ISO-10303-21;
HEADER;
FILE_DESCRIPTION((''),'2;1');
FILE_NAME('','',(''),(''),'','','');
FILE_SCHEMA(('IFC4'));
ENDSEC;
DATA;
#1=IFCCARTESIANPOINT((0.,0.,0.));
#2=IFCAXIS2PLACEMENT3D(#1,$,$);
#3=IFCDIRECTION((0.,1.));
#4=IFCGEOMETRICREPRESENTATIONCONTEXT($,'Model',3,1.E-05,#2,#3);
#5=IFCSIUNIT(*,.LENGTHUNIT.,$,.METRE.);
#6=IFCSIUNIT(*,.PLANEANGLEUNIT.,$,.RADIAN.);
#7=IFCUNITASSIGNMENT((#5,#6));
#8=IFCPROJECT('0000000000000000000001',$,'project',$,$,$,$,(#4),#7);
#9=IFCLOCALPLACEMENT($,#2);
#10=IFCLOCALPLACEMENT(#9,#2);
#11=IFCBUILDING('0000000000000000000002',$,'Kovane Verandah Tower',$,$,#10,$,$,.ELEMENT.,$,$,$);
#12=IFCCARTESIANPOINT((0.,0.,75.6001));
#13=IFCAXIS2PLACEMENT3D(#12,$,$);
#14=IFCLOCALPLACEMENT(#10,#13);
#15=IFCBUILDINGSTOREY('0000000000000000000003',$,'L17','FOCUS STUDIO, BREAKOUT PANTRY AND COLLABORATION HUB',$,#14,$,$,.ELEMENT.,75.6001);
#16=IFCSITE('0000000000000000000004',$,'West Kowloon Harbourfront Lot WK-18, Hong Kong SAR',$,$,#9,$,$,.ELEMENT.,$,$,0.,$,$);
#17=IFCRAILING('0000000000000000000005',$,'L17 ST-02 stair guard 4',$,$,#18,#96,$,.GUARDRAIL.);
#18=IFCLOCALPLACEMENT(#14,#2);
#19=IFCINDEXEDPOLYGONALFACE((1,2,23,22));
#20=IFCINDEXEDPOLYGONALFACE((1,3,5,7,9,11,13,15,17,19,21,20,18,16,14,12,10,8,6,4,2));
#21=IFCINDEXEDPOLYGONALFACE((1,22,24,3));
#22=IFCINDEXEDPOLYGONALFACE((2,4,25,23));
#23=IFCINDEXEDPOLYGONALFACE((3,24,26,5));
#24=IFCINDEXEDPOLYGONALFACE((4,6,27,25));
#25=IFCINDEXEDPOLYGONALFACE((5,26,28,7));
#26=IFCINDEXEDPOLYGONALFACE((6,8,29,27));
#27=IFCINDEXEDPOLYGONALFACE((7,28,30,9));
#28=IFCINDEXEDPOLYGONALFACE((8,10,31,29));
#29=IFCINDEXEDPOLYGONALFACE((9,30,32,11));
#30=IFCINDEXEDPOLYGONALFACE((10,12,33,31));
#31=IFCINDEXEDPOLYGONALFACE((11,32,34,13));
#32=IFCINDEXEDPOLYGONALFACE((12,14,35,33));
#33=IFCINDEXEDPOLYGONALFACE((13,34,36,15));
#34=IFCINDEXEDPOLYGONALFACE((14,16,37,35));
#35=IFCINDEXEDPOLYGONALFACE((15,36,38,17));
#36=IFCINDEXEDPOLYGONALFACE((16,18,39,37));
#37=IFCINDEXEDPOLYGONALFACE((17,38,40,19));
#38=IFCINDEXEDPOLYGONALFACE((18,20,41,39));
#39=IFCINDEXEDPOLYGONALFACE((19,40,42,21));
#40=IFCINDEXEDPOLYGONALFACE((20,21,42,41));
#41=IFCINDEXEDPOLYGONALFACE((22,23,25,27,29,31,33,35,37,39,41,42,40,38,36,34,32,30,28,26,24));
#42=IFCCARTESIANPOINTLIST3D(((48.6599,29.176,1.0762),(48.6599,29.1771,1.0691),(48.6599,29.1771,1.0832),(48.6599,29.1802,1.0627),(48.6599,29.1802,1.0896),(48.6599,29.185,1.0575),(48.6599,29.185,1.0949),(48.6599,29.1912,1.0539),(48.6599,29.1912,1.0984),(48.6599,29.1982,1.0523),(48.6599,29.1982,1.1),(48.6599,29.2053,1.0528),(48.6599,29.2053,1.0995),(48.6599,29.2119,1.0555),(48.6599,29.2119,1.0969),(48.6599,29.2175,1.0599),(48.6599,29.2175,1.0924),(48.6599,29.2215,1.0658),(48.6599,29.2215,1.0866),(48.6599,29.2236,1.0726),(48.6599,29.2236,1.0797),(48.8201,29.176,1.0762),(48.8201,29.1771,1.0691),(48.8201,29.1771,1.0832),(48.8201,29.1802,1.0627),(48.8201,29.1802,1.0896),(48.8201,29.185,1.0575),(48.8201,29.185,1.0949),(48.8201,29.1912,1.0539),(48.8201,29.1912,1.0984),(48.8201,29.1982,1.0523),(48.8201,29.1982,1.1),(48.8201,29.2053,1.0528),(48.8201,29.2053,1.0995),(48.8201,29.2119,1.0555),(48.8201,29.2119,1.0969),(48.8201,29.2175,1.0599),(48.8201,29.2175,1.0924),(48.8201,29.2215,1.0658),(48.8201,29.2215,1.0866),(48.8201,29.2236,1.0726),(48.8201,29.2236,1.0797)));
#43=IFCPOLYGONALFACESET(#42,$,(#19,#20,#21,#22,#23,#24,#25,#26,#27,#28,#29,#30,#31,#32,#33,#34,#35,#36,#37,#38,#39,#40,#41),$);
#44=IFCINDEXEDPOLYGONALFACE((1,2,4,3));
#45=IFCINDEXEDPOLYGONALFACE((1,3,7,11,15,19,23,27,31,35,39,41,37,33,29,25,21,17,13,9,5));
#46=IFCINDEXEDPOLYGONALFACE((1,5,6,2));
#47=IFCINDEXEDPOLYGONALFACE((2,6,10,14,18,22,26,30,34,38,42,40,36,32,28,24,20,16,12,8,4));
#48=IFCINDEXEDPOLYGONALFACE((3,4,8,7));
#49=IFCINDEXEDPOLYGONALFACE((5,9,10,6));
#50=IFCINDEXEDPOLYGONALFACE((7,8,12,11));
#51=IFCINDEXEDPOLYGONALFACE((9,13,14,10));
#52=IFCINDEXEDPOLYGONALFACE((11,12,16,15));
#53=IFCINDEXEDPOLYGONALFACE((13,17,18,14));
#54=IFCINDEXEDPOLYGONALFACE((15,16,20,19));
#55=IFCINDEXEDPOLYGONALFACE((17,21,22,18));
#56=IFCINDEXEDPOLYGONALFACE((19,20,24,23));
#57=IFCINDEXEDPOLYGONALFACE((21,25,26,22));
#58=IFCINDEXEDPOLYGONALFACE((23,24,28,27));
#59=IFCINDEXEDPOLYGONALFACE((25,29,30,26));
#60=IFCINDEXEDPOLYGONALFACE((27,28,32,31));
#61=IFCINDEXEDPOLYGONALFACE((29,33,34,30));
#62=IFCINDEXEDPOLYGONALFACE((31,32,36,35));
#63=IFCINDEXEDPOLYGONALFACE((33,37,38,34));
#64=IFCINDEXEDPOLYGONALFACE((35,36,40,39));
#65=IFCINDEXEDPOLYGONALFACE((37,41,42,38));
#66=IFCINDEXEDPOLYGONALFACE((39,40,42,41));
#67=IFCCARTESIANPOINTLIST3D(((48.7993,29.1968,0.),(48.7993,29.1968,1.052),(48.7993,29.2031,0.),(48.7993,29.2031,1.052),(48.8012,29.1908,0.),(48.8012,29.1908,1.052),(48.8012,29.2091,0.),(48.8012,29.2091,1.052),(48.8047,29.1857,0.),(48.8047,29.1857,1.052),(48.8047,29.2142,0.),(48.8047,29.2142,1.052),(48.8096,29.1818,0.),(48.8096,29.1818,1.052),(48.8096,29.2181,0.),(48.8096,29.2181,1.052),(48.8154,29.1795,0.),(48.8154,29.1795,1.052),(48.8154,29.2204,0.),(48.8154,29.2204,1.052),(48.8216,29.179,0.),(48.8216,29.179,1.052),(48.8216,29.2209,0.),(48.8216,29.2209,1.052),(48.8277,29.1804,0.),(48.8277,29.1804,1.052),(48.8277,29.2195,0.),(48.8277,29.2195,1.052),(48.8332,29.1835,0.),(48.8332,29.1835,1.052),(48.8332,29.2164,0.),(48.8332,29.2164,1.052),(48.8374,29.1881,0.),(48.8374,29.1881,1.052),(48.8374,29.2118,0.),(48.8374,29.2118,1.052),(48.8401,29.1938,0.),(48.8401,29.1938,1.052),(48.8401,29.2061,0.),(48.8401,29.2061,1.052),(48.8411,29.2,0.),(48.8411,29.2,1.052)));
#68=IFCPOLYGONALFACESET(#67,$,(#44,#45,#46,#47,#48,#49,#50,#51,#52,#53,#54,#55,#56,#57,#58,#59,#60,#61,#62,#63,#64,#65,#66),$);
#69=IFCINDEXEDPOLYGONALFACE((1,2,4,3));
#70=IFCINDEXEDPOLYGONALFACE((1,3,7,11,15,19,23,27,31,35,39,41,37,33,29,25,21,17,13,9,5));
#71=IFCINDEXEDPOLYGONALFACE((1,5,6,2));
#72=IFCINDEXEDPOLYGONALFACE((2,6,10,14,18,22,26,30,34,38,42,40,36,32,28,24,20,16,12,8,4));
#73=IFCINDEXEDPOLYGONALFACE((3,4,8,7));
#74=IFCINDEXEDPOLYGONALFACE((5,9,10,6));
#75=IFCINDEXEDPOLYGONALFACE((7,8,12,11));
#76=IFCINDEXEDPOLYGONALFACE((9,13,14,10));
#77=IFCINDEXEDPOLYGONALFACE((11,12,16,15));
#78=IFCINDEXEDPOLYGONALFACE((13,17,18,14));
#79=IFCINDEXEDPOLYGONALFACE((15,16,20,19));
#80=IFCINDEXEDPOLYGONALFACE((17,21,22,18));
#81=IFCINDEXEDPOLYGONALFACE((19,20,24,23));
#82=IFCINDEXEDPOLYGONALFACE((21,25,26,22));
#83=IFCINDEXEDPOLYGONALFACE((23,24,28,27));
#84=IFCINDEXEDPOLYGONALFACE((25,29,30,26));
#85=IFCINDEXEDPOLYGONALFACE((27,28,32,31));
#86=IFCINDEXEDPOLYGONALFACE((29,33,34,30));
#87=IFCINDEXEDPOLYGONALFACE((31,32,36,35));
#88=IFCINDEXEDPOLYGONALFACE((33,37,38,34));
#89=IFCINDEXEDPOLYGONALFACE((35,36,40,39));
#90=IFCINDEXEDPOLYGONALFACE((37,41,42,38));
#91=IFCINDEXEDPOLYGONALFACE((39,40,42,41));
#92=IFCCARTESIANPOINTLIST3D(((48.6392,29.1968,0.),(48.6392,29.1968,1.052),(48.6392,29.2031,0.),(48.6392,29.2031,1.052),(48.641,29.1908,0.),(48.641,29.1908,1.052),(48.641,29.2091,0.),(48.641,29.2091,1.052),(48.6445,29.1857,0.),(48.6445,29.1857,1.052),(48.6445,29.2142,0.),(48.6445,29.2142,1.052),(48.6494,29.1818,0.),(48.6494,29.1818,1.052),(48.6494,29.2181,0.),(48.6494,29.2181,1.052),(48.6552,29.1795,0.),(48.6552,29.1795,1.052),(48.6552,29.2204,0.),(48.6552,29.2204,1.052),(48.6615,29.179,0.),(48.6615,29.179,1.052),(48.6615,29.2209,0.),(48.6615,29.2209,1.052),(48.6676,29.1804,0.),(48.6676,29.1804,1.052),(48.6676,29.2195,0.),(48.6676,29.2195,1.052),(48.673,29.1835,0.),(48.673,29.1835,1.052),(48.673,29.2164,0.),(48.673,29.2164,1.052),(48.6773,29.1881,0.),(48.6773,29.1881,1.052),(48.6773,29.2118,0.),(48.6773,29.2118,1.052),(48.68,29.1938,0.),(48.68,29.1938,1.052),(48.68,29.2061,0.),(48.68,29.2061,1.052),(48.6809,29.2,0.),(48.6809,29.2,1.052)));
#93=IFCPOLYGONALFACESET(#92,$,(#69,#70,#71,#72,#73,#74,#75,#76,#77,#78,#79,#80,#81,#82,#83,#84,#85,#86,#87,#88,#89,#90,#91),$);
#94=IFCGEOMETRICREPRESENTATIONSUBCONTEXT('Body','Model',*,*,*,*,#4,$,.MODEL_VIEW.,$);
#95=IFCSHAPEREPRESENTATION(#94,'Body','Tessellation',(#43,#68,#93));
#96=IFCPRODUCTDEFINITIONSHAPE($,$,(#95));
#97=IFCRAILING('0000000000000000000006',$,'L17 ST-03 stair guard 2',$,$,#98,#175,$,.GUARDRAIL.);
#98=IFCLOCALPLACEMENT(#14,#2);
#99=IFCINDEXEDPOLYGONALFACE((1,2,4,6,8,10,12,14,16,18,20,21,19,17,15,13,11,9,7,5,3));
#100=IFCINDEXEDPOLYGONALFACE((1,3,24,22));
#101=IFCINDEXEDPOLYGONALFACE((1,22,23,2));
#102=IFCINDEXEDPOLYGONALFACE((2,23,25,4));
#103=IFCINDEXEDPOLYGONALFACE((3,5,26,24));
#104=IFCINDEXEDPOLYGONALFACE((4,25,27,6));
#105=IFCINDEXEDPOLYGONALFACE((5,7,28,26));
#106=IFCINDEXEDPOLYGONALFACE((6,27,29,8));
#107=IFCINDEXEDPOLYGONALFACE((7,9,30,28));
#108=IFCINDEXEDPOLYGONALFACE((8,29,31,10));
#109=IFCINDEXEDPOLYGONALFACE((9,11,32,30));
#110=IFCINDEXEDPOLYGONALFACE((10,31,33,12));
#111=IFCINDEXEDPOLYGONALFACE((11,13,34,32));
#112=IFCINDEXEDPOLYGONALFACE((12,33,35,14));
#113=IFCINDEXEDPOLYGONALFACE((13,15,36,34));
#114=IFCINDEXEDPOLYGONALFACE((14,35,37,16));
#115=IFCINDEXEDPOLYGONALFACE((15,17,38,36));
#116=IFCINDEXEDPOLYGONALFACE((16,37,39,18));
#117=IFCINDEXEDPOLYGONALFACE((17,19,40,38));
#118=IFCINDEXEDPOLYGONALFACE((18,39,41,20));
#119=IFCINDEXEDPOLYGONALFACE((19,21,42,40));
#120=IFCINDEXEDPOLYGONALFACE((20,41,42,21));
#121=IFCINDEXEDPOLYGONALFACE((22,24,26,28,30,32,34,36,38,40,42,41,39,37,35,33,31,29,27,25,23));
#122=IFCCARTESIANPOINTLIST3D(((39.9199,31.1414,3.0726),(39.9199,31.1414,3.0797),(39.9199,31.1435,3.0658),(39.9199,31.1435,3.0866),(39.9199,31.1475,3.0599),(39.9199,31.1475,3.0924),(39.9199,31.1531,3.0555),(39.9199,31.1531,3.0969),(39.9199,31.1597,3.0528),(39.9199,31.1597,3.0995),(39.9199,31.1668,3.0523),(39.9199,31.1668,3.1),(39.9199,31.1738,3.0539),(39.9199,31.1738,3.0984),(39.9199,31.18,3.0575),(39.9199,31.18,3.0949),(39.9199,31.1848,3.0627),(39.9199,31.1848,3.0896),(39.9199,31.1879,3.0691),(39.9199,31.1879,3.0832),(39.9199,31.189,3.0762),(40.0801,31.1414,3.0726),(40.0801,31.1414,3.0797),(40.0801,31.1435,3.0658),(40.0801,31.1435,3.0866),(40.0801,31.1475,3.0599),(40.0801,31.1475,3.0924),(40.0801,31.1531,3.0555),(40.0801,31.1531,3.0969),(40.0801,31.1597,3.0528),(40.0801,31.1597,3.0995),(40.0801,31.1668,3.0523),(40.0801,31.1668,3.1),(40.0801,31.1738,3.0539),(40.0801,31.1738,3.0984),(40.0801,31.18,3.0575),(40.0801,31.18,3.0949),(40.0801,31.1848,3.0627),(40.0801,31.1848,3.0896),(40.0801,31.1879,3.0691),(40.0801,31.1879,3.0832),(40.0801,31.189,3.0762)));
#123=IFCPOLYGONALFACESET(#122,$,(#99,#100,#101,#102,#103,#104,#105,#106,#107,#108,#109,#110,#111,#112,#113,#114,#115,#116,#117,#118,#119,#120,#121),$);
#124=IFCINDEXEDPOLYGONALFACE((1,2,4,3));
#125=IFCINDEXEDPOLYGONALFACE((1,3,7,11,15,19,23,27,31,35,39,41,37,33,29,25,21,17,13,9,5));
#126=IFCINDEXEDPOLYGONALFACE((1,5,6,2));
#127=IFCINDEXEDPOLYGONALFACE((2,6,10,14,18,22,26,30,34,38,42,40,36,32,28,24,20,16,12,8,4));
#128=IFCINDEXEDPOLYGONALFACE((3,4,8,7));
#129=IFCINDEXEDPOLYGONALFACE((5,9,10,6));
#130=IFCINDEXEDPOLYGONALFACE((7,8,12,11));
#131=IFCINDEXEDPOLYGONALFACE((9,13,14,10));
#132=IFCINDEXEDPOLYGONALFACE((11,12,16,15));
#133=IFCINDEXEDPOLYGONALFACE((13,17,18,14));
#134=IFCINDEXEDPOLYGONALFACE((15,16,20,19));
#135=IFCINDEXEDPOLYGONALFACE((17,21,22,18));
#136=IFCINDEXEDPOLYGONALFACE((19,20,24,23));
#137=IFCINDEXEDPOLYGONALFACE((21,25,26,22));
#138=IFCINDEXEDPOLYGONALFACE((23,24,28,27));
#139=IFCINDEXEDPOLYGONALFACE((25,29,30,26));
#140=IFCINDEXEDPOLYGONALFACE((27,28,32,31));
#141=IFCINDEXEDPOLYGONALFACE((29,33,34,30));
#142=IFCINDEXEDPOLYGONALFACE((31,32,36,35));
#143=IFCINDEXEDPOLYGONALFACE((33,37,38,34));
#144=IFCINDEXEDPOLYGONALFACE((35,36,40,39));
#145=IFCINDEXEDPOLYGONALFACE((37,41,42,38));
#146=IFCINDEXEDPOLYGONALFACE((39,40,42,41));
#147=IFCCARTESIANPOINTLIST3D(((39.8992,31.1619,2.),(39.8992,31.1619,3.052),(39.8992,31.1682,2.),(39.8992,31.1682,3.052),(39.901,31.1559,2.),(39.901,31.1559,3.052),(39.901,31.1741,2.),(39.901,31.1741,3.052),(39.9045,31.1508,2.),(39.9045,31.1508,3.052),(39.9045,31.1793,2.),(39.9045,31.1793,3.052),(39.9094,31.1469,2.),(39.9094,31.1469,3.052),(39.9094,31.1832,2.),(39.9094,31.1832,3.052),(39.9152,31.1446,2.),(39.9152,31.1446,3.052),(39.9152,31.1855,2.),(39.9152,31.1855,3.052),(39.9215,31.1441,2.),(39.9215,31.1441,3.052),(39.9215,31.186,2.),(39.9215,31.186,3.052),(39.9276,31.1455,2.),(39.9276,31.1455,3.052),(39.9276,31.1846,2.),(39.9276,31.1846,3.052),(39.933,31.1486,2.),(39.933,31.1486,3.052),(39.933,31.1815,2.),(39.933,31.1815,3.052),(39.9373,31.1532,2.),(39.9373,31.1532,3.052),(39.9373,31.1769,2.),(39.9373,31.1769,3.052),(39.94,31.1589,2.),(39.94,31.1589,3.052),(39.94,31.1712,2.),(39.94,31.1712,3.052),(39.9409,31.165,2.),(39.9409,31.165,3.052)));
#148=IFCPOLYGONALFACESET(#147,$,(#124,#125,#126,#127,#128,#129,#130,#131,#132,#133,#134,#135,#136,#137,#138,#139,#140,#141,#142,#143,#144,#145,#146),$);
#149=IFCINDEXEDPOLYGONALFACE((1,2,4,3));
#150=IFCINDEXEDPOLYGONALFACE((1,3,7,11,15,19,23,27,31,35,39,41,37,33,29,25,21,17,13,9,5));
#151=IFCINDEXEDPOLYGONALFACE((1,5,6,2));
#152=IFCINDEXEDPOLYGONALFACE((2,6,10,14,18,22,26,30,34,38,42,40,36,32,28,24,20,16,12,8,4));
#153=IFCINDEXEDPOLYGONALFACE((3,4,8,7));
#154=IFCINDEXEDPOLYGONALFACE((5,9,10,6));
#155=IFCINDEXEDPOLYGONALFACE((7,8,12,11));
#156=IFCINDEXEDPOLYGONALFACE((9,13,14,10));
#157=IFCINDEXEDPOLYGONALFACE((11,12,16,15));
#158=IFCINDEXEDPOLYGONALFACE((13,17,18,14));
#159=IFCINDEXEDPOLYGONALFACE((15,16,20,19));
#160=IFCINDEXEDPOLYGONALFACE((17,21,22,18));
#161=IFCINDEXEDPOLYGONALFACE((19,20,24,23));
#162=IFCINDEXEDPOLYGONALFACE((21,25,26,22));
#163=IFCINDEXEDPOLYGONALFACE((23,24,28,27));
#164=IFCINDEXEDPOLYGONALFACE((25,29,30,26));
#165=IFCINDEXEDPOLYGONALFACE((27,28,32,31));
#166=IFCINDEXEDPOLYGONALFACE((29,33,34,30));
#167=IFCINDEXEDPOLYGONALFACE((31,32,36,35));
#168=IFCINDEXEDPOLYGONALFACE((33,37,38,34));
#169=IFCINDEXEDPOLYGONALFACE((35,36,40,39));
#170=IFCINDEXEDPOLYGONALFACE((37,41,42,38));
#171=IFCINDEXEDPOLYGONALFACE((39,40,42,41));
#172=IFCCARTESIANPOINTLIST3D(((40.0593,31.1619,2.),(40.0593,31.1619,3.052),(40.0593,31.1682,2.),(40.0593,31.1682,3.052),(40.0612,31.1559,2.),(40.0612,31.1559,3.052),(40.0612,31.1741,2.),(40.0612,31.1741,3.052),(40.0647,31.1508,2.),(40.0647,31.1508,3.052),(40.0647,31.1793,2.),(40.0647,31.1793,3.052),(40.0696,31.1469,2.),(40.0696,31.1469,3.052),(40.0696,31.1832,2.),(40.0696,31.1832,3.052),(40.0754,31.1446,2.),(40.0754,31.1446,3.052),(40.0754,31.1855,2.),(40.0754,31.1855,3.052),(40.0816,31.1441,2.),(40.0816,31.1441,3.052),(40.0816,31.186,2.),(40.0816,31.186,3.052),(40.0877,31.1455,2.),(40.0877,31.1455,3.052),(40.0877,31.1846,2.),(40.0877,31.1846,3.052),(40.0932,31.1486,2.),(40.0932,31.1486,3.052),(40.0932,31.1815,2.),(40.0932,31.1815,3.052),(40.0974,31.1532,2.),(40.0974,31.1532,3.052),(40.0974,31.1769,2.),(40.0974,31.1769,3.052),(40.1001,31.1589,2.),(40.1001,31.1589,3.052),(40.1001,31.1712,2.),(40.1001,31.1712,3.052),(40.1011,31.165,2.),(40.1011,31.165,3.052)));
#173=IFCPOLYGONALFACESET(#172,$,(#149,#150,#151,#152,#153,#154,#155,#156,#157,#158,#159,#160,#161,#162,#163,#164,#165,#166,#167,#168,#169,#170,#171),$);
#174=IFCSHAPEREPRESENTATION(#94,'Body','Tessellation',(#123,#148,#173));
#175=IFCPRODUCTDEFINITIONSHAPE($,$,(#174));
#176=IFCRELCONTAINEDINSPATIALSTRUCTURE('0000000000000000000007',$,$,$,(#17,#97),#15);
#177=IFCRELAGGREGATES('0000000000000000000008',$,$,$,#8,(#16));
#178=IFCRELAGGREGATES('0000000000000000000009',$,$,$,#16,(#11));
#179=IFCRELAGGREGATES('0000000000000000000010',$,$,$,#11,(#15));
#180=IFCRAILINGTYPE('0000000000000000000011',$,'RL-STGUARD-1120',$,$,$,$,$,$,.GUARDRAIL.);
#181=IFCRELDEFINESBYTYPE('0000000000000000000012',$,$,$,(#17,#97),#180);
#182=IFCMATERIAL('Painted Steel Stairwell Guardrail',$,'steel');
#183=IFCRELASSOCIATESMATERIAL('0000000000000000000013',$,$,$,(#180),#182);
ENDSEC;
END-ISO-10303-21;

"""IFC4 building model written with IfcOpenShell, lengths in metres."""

from ifc_helpers import new_model, si_unit, direction, frame, origin, origin_2d, place, context, subcontext, project, spatial, circle, extrude, material, type_object, element, save


model = new_model("IFC4")

# Units and contexts
model_context = context("Model", 3, precision=1e-05, world=origin(), true_north=direction((0.0, 1.0)))
body_context = subcontext(model_context, "Body", "Model", "MODEL_VIEW")
ifc_project = project(units=[si_unit("LENGTHUNIT", "METRE"), si_unit("PLANEANGLEUNIT", "RADIAN")], contexts=[model_context])

# Site, building, storey
site_placement = place(None, origin())
site = spatial("IfcSite", under=ifc_project, at=site_placement, Name="West Kowloon Harbourfront Lot WK-18, Hong Kong SAR", CompositionType="ELEMENT", RefElevation=0.0)
building_placement = place(site_placement, origin())
building = spatial("IfcBuilding", under=site, at=building_placement, Name="Kovane Verandah Tower", CompositionType="ELEMENT")
storey_placement = place(building_placement, frame((0.0, 0.0, 75.6001)))
storey = spatial("IfcBuildingStorey", under=building, at=storey_placement, Name="L17", Description="FOCUS STUDIO, BREAKOUT PANTRY AND COLLABORATION HUB", CompositionType="ELEMENT", Elevation=75.6001)

# Railings
ifc_material_1 = material(Name="Painted Steel Stairwell Guardrail", Category="steel")
railing_type_1 = type_object("IfcRailingType", Name="RL-STGUARD-1120", PredefinedType="GUARDRAIL", material=ifc_material_1)
railing_1_placement = place(storey_placement, frame((48.8201, 29.2, 0.0)))
element("IfcRailing", 1, at=railing_1_placement, inside=storey, type_object=railing_type_1, Name="L17 ST-02 stair guard 4", PredefinedType="GUARDRAIL", context=body_context, shape_type="SweptSolid", body=[
    extrude(circle(Radius=0.0239, at=origin_2d()), frame((0.0, 0.0, 1.0762), z_axis=(-1.0, 0.0, 0.0), x_axis=(0.0, -1.0, 0.0)), (0.0, 0.0, 1.0), 0.1602),
    extrude(circle(Radius=0.021, at=origin_2d()), origin(), (0.0, 0.0, 1.0), 1.052),
    extrude(circle(Radius=0.021, at=origin_2d()), frame((-0.1602, 0.0, 0.0)), (0.0, 0.0, 1.0), 1.052),
])
railing_2_placement = place(storey_placement, frame((39.9199, 31.165, 2.0)))
element("IfcRailing", 2, at=railing_2_placement, inside=storey, type_object=railing_type_1, Name="L17 ST-03 stair guard 2", PredefinedType="GUARDRAIL", context=body_context, shape_type="SweptSolid", body=[
    extrude(circle(Radius=0.0239, at=origin_2d()), frame((0.0, 0.0, 1.0762), z_axis=(1.0, 0.0, 0.0), x_axis=(0.0, 1.0, 0.0)), (0.0, 0.0, 1.0), 0.1602),
    extrude(circle(Radius=0.021, at=origin_2d()), origin(), (0.0, 0.0, 1.0), 1.052),
    extrude(circle(Radius=0.021, at=origin_2d()), frame((0.1602, 0.0, 0.0)), (0.0, 0.0, 1.0), 1.052),
])

save(model, "model.ifc")
